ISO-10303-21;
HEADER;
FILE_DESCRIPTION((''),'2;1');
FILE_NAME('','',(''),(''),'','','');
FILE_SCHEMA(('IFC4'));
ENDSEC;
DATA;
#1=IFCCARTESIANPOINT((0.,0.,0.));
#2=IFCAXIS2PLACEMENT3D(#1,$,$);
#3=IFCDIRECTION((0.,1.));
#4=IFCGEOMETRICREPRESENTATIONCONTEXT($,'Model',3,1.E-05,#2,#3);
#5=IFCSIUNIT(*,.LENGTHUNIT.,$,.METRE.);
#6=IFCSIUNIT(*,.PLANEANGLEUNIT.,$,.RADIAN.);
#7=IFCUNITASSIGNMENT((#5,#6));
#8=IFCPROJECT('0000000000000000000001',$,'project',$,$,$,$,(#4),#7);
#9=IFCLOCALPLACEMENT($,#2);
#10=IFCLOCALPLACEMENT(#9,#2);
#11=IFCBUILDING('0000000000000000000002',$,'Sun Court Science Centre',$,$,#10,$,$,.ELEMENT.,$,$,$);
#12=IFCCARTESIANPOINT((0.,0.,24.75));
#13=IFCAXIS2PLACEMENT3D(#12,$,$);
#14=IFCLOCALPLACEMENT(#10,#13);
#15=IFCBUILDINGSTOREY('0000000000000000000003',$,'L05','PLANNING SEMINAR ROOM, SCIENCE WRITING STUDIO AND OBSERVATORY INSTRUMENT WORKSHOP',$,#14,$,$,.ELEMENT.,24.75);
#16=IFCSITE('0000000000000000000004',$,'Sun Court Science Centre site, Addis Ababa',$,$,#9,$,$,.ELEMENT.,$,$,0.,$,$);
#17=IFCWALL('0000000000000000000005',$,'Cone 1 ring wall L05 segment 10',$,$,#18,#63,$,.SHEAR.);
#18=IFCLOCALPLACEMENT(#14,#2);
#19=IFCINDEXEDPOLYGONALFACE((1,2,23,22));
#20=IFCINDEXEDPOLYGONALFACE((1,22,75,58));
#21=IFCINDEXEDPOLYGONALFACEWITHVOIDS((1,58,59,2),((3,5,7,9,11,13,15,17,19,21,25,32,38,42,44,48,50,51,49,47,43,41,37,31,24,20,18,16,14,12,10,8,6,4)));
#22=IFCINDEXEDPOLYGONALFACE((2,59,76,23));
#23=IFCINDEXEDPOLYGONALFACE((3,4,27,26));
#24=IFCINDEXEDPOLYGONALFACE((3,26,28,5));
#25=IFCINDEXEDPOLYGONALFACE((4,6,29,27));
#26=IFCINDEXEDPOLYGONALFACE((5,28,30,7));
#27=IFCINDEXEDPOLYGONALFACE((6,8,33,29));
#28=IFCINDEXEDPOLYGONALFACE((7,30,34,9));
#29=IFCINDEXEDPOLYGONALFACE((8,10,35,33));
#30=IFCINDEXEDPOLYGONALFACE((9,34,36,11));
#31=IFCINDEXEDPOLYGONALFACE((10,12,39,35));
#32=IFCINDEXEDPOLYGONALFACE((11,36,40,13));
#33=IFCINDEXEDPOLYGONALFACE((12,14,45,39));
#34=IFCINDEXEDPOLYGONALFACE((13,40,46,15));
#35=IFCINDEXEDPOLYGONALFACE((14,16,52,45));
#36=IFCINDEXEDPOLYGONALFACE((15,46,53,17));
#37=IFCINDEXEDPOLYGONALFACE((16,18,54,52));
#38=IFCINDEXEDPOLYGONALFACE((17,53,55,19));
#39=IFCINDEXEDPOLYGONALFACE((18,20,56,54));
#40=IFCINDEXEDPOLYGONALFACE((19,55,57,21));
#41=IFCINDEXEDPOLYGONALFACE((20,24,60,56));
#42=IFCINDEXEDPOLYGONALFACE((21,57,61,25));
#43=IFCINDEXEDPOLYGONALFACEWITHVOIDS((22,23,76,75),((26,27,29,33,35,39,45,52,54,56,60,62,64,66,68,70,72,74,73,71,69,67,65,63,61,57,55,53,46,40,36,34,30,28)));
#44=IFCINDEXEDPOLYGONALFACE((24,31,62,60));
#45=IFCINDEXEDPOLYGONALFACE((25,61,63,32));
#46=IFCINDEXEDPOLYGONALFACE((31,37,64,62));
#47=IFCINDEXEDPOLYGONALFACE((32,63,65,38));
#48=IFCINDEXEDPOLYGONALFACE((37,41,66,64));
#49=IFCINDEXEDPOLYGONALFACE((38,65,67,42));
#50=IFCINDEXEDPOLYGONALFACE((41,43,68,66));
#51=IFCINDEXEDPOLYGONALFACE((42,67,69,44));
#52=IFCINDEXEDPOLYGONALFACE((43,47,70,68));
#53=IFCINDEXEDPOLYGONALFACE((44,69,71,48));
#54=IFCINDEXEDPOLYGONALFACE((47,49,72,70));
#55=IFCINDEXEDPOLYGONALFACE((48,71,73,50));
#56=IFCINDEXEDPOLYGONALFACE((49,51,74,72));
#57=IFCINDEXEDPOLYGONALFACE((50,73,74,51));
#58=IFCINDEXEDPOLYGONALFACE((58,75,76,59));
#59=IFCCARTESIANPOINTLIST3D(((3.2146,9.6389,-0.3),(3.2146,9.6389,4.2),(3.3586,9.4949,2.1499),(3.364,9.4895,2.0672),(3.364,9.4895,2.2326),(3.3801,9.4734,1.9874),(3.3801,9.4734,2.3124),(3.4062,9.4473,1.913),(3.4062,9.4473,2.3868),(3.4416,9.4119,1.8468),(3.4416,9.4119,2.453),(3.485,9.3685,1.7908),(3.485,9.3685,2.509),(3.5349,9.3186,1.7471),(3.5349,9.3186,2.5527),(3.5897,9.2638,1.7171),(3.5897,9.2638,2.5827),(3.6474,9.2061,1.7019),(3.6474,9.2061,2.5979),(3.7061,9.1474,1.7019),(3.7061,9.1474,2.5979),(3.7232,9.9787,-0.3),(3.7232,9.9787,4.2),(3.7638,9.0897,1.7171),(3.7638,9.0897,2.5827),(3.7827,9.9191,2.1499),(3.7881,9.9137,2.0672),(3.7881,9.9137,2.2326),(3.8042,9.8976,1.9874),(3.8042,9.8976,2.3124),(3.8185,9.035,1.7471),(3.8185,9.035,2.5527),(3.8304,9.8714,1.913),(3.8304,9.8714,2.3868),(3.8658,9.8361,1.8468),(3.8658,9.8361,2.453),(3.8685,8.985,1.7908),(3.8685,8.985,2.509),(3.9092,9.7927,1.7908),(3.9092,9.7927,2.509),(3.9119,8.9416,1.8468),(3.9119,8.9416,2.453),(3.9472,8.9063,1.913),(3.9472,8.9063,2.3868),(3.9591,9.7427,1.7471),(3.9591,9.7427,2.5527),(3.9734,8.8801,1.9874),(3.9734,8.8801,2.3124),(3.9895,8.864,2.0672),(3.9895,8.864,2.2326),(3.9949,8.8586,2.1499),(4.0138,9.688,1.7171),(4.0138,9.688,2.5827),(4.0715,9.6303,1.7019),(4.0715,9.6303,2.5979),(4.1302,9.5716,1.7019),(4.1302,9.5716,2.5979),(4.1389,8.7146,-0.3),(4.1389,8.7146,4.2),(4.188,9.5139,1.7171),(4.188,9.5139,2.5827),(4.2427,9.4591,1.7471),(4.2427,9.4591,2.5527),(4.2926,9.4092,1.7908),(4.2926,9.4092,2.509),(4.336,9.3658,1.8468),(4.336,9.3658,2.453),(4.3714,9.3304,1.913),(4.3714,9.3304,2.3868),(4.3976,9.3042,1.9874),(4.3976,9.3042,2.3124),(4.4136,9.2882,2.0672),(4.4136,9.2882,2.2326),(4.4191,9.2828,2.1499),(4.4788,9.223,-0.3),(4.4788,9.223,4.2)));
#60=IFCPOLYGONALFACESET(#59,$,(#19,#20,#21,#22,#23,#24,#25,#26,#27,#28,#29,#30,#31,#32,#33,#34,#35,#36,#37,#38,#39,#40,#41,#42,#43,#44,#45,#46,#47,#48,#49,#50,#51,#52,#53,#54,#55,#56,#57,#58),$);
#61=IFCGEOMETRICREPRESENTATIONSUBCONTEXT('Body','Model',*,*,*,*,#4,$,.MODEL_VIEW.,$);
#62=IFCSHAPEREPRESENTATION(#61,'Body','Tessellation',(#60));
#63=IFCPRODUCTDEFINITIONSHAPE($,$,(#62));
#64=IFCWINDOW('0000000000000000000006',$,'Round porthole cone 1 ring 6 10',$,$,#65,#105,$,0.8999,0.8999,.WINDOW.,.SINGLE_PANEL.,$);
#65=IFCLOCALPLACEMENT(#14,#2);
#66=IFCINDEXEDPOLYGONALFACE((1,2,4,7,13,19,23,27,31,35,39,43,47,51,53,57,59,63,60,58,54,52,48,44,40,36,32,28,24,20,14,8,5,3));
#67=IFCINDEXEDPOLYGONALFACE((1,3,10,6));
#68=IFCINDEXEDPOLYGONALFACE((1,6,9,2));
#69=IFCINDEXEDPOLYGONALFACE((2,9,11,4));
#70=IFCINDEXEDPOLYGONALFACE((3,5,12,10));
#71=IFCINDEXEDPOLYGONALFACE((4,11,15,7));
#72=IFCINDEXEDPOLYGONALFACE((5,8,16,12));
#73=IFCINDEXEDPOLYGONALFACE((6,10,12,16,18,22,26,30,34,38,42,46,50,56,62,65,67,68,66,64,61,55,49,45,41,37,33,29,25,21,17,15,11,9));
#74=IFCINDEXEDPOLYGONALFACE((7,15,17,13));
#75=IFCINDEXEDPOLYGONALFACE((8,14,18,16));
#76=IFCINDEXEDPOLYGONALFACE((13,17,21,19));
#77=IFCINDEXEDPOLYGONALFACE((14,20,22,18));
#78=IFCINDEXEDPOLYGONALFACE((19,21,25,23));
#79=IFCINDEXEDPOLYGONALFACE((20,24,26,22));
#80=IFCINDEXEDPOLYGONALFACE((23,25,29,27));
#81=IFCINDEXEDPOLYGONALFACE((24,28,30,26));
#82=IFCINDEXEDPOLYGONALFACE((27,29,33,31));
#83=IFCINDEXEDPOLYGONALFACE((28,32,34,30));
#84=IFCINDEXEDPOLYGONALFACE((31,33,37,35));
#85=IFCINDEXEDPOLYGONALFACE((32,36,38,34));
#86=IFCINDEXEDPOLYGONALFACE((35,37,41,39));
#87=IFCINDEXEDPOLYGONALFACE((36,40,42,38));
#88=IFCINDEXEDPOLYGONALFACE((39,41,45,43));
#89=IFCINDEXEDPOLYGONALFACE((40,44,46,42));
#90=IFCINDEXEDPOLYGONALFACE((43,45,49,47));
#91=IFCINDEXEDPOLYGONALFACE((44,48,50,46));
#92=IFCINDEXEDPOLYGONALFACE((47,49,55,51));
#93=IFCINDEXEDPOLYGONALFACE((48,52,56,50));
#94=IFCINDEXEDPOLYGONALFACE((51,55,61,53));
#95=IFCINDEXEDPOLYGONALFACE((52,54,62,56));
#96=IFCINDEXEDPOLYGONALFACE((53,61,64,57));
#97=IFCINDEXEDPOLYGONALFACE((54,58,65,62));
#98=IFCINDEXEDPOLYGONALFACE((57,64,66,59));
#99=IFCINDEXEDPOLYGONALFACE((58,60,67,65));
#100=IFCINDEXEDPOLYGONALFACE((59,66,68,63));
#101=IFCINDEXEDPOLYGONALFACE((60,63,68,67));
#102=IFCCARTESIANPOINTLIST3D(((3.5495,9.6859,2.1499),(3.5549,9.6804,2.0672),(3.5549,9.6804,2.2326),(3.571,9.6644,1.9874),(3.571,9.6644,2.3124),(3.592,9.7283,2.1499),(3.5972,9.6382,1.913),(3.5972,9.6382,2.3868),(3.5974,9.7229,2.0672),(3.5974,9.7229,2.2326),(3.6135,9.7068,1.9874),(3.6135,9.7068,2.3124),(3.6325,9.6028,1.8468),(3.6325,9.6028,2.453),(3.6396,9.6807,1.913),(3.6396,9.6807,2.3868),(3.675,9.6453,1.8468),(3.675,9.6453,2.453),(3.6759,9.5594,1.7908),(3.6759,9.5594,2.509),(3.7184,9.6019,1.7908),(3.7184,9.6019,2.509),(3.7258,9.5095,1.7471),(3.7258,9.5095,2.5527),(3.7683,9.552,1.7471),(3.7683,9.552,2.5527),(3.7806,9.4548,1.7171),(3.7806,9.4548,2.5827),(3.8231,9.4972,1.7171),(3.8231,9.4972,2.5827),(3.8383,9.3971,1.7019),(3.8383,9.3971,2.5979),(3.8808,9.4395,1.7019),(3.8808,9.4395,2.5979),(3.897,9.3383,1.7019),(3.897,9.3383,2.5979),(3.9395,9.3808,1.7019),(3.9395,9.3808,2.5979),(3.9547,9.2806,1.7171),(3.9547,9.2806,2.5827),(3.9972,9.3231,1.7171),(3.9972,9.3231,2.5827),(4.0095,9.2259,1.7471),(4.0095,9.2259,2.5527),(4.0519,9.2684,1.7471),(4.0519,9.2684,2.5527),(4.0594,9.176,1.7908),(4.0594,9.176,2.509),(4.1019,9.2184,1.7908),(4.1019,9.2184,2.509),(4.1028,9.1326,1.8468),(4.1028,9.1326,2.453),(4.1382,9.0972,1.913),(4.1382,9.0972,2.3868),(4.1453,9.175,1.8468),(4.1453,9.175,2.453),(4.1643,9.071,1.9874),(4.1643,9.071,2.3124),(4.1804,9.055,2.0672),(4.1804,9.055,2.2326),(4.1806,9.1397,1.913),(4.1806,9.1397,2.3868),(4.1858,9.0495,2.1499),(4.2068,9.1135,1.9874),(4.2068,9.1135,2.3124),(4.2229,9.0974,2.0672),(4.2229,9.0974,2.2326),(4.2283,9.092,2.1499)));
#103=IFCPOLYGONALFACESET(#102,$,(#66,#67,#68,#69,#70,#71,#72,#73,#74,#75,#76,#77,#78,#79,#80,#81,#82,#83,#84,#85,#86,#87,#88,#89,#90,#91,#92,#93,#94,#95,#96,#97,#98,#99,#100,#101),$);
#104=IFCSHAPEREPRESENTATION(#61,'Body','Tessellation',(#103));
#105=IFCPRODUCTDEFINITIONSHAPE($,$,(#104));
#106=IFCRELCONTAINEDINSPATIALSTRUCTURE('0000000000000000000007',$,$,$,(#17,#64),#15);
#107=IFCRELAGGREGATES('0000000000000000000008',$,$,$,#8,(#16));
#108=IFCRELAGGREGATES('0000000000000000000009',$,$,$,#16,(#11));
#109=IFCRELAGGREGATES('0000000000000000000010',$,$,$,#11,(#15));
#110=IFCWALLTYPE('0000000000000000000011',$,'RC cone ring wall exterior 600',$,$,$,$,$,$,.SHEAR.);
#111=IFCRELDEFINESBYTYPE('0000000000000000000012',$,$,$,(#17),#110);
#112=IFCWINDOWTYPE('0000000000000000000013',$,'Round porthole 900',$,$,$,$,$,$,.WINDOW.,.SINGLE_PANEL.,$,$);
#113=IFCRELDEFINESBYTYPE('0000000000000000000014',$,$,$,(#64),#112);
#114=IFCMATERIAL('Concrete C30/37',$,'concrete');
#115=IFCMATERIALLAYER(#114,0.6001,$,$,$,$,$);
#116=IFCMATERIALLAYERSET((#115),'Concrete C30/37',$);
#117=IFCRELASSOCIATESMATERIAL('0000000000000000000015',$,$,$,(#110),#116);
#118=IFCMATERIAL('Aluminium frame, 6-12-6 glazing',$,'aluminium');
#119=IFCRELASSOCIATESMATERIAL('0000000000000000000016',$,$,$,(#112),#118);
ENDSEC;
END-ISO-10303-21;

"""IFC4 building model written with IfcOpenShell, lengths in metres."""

from ifc_helpers import new_model, si_unit, direction, frame, frame_2d, origin, place, context, subcontext, project, spatial, polyline, circle, outline, extrude, material, layer, layer_set, type_object, element, fill, save


model = new_model("IFC4")

# Units and contexts
model_context = context("Model", 3, precision=1e-05, world=origin(), true_north=direction((0.0, 1.0)))
body_context = subcontext(model_context, "Body", "Model", "MODEL_VIEW")
ifc_project = project(units=[si_unit("LENGTHUNIT", "METRE"), si_unit("PLANEANGLEUNIT", "RADIAN")], contexts=[model_context])

# Site, building, storey
site_placement = place(None, origin())
site = spatial("IfcSite", under=ifc_project, at=site_placement, Name="Sun Court Science Centre site, Addis Ababa", CompositionType="ELEMENT", RefElevation=0.0)
building_placement = place(site_placement, origin())
building = spatial("IfcBuilding", under=site, at=building_placement, Name="Sun Court Science Centre", CompositionType="ELEMENT")
storey_placement = place(building_placement, frame((0.0, 0.0, 24.75)))
storey = spatial("IfcBuildingStorey", under=building, at=storey_placement, Name="L05", Description="PLANNING SEMINAR ROOM, SCIENCE WRITING STUDIO AND OBSERVATORY INSTRUMENT WORKSHOP", CompositionType="ELEMENT", Elevation=24.75)

# Wall, opening, window
ifc_material_1 = material(Name="Concrete C30/37", Category="concrete")
ifc_layer = layer(ifc_material_1, 0.6001)
ifc_layer_set = layer_set([ifc_layer], Name="Concrete C30/37")
wall_type = type_object("IfcWallType", Name="RC cone ring wall exterior 600", PredefinedType="SHEAR", material=ifc_layer_set)
ifc_material_2 = material(Name="Aluminium frame, 6-12-6 glazing", Category="aluminium")
window_type = type_object("IfcWindowType", Name="Round porthole 900", PartitioningType="SINGLE_PANEL", PredefinedType="WINDOW", material=ifc_material_2)
wall_1_placement = place(storey_placement, frame((3.4268, 9.8511, -0.3), z_axis=(0.0, 0.0, 1.0), x_axis=(0.707107, -0.707107, 0.0)))
wall_1 = element("IfcWall", 1, at=wall_1_placement, inside=storey, type_object=wall_type, Name="Cone 1 ring wall L05 segment 10", PredefinedType="SHEAR", context=body_context, shape_type="SweptSolid", body=[
    extrude(outline(polyline([(0.0, -0.3), (1.3071, -0.3), (1.188, 0.2998), (0.1194, 0.2998), (0.0, -0.3)])), origin(), (0.0, 0.0, 1.0), 4.5),
])
opening_1_placement = place(wall_1_placement, frame((0.2036, 0.0, 2.0)))
opening_1 = element("IfcOpeningElement", 2, at=opening_1_placement, cuts=wall_1, PredefinedType="OPENING", context=body_context, shape_type="SweptSolid", body=[
    extrude(circle(Radius=0.45, at=frame_2d((0.45, 0.45))), frame((0.0, 0.3101, 0.0), z_axis=(0.0, -1.0, 0.0), x_axis=(1.0, 0.0, 0.0)), (0.0, 0.0, 1.0), 0.6201),
])
window_1_placement = place(opening_1_placement, origin())
window_1 = element("IfcWindow", 3, at=window_1_placement, inside=storey, type_object=window_type, Name="Round porthole cone 1 ring 6 10", OverallHeight=0.8999, OverallWidth=0.8999, PartitioningType="SINGLE_PANEL", PredefinedType="WINDOW", context=body_context, shape_type="SweptSolid", body=[
    extrude(circle(Radius=0.45, at=frame_2d((0.45, 0.45))), frame((0.0, 0.03, 0.0), z_axis=(0.0, -1.0, 0.0), x_axis=(1.0, 0.0, 0.0)), (0.0, 0.0, 1.0), 0.0601),
])
fill(opening_1, window_1)

save(model, "model.ifc")
